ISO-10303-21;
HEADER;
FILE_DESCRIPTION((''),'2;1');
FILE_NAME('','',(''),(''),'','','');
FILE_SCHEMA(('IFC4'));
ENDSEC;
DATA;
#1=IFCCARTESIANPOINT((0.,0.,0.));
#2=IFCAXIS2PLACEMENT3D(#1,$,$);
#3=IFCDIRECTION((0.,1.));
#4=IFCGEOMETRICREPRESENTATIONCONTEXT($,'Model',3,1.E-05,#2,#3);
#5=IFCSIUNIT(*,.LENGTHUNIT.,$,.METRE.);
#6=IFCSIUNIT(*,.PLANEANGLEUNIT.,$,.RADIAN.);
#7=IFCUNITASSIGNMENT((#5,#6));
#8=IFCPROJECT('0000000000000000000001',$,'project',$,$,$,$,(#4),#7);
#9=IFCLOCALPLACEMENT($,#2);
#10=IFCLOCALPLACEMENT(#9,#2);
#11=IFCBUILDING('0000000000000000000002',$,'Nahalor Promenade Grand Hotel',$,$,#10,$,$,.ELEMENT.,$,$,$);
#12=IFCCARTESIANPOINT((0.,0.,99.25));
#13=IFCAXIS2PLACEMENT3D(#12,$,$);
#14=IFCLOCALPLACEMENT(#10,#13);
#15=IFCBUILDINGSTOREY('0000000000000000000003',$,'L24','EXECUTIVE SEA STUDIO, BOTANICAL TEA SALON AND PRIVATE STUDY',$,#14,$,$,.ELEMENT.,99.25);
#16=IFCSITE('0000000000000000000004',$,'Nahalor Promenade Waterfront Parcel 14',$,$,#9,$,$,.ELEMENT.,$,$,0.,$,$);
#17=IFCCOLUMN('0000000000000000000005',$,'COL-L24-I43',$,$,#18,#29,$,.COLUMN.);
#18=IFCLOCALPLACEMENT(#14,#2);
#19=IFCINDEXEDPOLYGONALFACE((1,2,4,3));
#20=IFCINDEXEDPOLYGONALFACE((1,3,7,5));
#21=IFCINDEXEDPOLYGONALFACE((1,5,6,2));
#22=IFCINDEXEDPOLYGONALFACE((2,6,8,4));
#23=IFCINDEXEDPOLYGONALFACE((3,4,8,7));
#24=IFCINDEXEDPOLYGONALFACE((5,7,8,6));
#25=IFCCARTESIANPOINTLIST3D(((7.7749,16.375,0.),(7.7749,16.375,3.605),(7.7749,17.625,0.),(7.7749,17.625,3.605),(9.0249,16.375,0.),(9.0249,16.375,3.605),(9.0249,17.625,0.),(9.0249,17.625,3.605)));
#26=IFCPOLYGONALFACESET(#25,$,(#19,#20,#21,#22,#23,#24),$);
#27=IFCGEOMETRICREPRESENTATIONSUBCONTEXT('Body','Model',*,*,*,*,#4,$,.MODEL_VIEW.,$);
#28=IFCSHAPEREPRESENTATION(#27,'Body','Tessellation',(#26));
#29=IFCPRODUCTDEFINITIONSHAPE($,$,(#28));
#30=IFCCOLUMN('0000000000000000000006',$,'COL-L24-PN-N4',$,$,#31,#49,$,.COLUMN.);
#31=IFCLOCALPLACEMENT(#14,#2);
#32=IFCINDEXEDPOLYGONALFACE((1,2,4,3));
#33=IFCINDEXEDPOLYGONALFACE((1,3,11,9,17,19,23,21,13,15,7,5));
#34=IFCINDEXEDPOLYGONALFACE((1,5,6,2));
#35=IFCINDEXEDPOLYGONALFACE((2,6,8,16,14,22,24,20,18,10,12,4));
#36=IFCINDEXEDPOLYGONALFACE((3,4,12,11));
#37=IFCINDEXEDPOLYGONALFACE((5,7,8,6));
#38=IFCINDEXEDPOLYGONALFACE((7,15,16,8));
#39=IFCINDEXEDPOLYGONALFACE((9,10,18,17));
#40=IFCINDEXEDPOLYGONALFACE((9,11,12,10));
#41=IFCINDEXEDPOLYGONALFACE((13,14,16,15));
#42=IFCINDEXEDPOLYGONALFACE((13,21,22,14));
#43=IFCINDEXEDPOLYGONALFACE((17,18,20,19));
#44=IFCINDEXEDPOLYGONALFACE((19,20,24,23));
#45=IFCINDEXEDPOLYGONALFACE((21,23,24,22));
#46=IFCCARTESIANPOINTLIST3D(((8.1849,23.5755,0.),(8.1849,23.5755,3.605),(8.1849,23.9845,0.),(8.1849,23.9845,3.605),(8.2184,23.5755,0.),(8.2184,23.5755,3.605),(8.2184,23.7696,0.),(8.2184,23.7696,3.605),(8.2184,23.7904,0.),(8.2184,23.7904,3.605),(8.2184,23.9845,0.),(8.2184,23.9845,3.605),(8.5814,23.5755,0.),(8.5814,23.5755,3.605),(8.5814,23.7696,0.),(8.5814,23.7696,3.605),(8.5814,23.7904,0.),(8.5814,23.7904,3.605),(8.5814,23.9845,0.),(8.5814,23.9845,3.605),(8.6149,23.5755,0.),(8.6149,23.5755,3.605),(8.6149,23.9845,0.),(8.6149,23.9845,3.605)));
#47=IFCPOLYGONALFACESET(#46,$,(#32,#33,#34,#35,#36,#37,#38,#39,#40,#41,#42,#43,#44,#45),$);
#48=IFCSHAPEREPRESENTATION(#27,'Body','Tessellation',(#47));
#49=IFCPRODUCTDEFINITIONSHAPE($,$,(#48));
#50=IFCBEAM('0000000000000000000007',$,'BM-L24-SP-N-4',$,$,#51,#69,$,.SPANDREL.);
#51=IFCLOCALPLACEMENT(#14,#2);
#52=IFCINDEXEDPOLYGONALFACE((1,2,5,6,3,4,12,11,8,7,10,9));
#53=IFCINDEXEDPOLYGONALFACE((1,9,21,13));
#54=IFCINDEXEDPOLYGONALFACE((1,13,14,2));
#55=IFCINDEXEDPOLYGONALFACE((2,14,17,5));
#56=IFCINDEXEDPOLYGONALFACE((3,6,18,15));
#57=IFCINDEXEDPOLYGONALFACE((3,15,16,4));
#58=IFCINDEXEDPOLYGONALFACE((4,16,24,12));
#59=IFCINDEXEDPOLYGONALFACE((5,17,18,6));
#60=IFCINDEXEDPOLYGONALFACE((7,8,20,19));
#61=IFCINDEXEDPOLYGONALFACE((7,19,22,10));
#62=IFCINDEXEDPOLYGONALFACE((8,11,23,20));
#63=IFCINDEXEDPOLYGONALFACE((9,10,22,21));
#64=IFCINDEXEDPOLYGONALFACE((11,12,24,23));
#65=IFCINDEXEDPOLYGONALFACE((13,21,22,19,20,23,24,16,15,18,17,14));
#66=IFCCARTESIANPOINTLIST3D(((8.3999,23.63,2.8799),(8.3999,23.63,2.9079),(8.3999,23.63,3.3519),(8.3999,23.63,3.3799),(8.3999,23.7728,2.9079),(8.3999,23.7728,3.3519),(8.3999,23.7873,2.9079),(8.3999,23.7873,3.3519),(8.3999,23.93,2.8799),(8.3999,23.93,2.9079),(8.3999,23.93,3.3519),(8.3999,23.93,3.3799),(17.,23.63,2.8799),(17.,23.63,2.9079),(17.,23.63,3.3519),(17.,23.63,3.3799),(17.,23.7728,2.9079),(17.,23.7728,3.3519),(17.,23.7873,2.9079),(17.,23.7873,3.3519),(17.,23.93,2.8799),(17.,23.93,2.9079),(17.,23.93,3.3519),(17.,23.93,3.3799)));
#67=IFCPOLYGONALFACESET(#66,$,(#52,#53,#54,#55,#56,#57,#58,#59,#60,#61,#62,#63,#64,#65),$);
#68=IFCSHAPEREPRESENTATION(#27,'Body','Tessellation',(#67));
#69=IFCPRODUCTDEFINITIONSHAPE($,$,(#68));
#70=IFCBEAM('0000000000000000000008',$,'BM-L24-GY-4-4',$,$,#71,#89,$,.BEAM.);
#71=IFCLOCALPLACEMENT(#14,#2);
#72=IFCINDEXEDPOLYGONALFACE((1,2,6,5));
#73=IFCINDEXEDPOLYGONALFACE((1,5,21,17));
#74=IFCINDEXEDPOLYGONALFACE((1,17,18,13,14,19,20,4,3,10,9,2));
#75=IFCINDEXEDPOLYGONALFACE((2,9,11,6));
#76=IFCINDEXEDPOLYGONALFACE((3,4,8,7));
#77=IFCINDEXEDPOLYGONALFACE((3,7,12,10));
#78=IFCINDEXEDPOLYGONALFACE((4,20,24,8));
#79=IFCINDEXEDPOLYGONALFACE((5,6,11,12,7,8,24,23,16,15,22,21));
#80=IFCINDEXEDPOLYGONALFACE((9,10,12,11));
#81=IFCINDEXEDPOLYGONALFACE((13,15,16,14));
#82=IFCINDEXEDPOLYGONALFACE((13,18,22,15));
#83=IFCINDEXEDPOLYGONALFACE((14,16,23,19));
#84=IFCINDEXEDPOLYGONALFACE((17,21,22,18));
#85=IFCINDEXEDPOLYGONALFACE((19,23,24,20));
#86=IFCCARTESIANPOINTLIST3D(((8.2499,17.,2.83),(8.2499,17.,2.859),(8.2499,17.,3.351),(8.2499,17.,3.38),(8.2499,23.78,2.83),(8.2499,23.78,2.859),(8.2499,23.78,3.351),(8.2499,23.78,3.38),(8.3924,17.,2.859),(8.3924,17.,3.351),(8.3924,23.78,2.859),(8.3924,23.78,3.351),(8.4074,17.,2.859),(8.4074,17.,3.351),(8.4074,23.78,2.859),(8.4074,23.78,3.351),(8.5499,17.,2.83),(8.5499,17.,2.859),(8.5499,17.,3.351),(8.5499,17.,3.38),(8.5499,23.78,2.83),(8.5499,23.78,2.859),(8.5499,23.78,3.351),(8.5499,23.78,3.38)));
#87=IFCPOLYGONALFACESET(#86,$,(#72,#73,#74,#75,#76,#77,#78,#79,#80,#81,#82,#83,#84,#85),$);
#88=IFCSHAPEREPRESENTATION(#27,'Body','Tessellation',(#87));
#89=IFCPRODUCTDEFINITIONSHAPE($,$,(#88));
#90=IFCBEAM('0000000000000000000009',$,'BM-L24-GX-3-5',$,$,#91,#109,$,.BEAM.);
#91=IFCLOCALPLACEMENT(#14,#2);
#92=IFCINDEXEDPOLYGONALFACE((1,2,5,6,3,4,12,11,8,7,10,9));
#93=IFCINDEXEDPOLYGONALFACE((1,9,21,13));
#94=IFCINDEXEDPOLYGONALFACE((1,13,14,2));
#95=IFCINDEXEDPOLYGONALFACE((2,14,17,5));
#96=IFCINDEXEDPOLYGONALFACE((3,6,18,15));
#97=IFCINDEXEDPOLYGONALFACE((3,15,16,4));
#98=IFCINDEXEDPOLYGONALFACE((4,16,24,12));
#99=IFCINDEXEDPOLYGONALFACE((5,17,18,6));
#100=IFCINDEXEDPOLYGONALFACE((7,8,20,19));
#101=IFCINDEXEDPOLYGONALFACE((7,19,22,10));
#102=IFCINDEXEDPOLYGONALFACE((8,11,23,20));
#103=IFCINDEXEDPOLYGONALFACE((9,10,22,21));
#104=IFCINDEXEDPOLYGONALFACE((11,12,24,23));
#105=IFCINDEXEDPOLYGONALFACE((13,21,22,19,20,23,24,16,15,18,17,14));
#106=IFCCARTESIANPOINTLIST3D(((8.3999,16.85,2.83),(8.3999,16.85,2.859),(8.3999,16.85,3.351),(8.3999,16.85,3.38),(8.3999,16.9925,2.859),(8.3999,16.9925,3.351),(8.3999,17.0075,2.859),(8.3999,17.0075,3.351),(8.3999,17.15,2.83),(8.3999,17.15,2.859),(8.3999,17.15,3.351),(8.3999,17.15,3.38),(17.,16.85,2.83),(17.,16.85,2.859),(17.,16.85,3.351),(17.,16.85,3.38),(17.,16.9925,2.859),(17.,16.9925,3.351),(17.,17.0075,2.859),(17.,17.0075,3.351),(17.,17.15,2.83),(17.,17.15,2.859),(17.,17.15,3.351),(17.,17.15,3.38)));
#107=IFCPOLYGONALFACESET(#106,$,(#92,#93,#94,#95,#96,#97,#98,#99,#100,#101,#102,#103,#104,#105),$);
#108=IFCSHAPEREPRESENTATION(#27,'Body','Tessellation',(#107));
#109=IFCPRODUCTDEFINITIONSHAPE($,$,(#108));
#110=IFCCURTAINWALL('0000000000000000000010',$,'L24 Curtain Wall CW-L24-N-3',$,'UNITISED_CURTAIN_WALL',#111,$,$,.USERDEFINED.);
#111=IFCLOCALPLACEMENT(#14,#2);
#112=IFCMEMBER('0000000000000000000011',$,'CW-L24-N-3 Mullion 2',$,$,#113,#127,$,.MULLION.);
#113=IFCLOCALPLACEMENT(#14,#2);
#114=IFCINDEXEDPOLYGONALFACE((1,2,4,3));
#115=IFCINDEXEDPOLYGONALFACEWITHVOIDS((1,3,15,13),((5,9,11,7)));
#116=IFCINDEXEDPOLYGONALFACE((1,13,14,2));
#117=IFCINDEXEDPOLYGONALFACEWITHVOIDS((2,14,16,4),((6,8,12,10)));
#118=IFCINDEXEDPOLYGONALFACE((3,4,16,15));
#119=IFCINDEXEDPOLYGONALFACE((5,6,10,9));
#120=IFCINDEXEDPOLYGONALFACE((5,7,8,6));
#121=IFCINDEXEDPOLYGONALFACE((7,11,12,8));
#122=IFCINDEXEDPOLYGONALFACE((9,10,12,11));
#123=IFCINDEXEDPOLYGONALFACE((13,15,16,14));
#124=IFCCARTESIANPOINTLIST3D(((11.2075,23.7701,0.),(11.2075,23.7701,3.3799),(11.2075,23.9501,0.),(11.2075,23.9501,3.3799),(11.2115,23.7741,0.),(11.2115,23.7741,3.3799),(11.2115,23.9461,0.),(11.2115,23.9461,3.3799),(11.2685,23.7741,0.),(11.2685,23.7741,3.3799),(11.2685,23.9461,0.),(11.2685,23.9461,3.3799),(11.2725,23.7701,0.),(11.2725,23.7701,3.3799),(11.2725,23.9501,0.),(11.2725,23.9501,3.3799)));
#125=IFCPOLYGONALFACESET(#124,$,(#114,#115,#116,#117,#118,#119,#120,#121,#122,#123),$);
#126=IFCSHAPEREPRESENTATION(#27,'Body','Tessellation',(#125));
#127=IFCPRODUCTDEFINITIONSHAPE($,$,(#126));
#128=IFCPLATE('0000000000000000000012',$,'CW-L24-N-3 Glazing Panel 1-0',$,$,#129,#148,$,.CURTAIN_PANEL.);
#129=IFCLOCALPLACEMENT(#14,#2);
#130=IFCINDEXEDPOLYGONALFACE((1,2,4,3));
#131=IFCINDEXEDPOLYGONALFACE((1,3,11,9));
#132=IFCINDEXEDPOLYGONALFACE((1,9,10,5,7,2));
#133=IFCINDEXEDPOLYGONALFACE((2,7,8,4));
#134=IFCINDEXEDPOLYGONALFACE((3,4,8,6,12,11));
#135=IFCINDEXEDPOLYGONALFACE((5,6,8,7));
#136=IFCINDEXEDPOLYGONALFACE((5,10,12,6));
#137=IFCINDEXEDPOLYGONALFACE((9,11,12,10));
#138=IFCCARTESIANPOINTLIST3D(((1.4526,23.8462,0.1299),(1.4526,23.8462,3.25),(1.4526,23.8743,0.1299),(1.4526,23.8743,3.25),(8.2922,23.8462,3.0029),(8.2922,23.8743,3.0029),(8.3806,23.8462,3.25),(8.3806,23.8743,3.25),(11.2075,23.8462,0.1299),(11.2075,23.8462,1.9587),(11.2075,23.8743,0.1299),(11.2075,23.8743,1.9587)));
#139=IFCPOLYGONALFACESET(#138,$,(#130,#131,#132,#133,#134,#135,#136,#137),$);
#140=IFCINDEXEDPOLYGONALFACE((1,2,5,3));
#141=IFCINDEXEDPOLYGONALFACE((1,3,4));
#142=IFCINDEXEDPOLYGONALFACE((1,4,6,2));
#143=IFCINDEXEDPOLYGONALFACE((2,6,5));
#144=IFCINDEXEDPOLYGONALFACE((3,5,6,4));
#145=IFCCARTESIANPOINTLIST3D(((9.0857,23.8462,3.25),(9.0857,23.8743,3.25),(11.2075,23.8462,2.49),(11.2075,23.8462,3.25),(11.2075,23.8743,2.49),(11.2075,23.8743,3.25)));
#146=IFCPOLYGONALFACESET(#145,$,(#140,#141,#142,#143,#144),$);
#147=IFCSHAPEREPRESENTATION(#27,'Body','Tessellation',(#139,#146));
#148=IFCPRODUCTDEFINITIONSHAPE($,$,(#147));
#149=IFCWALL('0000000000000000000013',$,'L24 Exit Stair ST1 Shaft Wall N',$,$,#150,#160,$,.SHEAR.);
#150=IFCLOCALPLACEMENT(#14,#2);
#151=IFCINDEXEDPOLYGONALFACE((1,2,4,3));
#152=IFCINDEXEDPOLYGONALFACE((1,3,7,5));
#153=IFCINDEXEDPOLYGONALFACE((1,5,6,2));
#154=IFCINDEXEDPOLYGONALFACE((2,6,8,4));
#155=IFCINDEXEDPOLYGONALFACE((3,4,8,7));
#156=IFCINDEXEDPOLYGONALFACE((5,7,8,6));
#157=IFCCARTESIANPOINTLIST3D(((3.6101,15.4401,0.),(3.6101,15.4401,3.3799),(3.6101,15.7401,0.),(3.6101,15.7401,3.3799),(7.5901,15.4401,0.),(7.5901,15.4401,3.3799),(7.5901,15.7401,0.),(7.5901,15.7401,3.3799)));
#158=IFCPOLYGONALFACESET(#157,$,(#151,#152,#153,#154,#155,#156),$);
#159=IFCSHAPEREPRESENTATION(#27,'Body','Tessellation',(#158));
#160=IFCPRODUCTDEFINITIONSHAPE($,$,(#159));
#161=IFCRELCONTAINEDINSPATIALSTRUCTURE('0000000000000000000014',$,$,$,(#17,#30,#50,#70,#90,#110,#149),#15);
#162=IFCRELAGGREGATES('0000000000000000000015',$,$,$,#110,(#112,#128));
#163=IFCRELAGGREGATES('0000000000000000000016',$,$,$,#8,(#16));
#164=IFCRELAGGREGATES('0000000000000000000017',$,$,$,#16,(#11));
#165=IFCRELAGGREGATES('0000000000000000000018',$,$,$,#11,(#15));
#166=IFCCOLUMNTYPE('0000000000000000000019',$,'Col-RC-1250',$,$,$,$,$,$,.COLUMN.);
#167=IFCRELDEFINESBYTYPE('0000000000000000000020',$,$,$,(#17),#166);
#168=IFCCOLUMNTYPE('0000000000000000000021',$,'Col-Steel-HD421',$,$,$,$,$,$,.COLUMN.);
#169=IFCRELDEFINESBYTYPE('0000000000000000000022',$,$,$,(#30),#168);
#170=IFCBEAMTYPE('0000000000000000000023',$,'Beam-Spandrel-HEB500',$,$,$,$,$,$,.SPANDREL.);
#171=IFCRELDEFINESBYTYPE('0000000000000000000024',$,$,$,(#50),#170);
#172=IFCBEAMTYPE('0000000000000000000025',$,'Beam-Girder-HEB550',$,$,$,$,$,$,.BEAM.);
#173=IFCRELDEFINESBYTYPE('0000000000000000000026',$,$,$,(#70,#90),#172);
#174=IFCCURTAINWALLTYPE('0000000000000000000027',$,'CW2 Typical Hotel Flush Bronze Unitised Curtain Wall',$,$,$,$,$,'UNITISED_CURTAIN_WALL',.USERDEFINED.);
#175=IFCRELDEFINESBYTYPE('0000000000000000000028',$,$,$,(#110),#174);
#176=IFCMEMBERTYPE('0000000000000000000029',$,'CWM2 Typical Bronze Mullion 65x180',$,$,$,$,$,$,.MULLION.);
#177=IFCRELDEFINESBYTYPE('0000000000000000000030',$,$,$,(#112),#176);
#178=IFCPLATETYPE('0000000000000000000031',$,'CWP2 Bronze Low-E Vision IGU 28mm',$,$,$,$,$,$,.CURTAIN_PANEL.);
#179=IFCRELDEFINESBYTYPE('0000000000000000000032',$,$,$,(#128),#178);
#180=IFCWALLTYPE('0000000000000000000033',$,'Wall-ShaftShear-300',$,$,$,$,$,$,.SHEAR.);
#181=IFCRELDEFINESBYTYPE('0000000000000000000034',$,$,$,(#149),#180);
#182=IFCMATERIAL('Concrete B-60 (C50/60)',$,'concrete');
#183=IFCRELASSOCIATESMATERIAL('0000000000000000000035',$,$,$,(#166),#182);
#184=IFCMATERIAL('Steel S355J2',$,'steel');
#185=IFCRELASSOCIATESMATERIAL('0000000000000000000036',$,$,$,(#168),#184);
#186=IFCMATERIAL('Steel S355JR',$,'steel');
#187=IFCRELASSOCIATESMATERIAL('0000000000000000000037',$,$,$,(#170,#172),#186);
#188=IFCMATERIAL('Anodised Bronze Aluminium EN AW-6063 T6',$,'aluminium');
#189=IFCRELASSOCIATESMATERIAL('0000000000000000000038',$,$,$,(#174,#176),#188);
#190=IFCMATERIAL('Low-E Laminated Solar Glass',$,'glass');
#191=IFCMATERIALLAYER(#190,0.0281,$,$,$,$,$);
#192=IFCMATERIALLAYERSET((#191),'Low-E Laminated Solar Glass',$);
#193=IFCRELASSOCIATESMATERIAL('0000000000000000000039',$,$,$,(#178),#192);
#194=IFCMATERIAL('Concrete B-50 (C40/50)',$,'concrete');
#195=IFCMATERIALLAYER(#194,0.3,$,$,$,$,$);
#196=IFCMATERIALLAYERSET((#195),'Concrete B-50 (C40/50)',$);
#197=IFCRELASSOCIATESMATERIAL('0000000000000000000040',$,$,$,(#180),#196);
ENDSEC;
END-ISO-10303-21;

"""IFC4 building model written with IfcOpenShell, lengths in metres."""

from ifc_helpers import new_model, si_unit, direction, frame, frame_2d, origin, origin_2d, place, context, subcontext, project, spatial, polyline, rectangle, hollow_rectangle, i_section, outline, extrude, source, transform, mapped, material, layer, layer_set, material_profile, profile_set, type_object, element, aggregate, save


model = new_model("IFC4")

# Units and contexts
model_context = context("Model", 3, precision=1e-05, world=origin(), true_north=direction((0.0, 1.0)))
body_context = subcontext(model_context, "Body", "Model", "MODEL_VIEW")
ifc_project = project(units=[si_unit("LENGTHUNIT", "METRE"), si_unit("PLANEANGLEUNIT", "RADIAN")], contexts=[model_context])

# Site, building, storey
site_placement = place(None, origin())
site = spatial("IfcSite", under=ifc_project, at=site_placement, Name="Nahalor Promenade Waterfront Parcel 14", CompositionType="ELEMENT", RefElevation=0.0)
building_placement = place(site_placement, origin())
building = spatial("IfcBuilding", under=site, at=building_placement, Name="Nahalor Promenade Grand Hotel", CompositionType="ELEMENT")
storey_placement = place(building_placement, frame((0.0, 0.0, 99.25)))
storey = spatial("IfcBuildingStorey", under=building, at=storey_placement, Name="L24", Description="EXECUTIVE SEA STUDIO, BOTANICAL TEA SALON AND PRIVATE STUDY", CompositionType="ELEMENT", Elevation=99.25)

# Columns
ifc_material_1 = material(Name="Concrete B-60 (C50/60)", Category="concrete")
ifc_material_profile_1 = material_profile(ifc_material_1, rectangle(XDim=1.25, YDim=1.25, at=origin_2d()), Name="RC 1250x1250")
ifc_profile_set_1 = profile_set([ifc_material_profile_1], Name="Concrete B-60 (C50/60)")
column_type_1 = type_object("IfcColumnType", Name="Col-RC-1250", PredefinedType="COLUMN", material=ifc_profile_set_1)
shared_shape_1 = source(origin(), body_context, "Body", "SweptSolid", [
    extrude(rectangle(XDim=1.25, YDim=1.25, at=origin_2d()), origin(), (0.0, 0.0, 1.0), 3.605),
])
column_1_placement = place(storey_placement, frame((8.3999, 17.0, 0.0), z_axis=(0.0, 0.0, 1.0), x_axis=(1.0, 0.0, 0.0)))
element("IfcColumn", 1, at=column_1_placement, inside=storey, type_object=column_type_1, Name="COL-L24-I43", PredefinedType="COLUMN", context=body_context, shape_type="MappedRepresentation", body=[
    mapped(shared_shape_1, transform((0.0, 0.0, 0.0), scale=1.0)),
])
ifc_material_2 = material(Name="Steel S355J2", Category="steel")
ifc_material_profile_2 = material_profile(ifc_material_2, i_section(OverallWidth=0.409, OverallDepth=0.43, WebThickness=0.0208, FlangeThickness=0.0335, at=origin_2d()), Name="HD 400x421")
ifc_profile_set_2 = profile_set([ifc_material_profile_2], Name="Steel S355J2")
column_type_2 = type_object("IfcColumnType", Name="Col-Steel-HD421", PredefinedType="COLUMN", material=ifc_profile_set_2)
shared_shape_2 = source(origin(), body_context, "Body", "SweptSolid", [
    extrude(i_section(OverallWidth=0.409, OverallDepth=0.43, WebThickness=0.0208, FlangeThickness=0.0335, at=origin_2d()), origin(), (0.0, 0.0, 1.0), 3.605),
])
column_2_placement = place(storey_placement, frame((8.3999, 23.78, 0.0), z_axis=(0.0, 0.0, 1.0), x_axis=(0.0, 1.0, 0.0)))
element("IfcColumn", 2, at=column_2_placement, inside=storey, type_object=column_type_2, Name="COL-L24-PN-N4", PredefinedType="COLUMN", context=body_context, shape_type="MappedRepresentation", body=[
    mapped(shared_shape_2, transform((0.0, 0.0, 0.0), scale=1.0)),
])

# Beams
ifc_material_3 = material(Name="Steel S355JR", Category="steel")
ifc_material_profile_3 = material_profile(ifc_material_3, i_section(OverallWidth=0.3, OverallDepth=0.5, WebThickness=0.0145, FlangeThickness=0.028, at=origin_2d()), Name="HEB 500")
ifc_profile_set_3 = profile_set([ifc_material_profile_3], Name="Steel S355JR")
beam_type_1 = type_object("IfcBeamType", Name="Beam-Spandrel-HEB500", PredefinedType="SPANDREL", material=ifc_profile_set_3)
shared_shape_3 = source(origin(), body_context, "Body", "SweptSolid", [
    extrude(i_section(OverallWidth=0.3, OverallDepth=0.5, WebThickness=0.0145, FlangeThickness=0.028, at=origin_2d()), origin(), (0.0, 0.0, 1.0), 8.6001),
])
beam_1_placement = place(storey_placement, frame((8.3999, 23.78, 3.1299), z_axis=(1.0, 0.0, 0.0), x_axis=(0.0, 1.0, 0.0)))
element("IfcBeam", 3, at=beam_1_placement, inside=storey, type_object=beam_type_1, Name="BM-L24-SP-N-4", PredefinedType="SPANDREL", context=body_context, shape_type="MappedRepresentation", body=[
    mapped(shared_shape_3, transform((0.0, 0.0, 0.0), scale=1.0)),
])
ifc_material_profile_4 = material_profile(ifc_material_3, i_section(OverallWidth=0.3, OverallDepth=0.55, WebThickness=0.015, FlangeThickness=0.029, at=origin_2d()), Name="HEB 550")
ifc_profile_set_4 = profile_set([ifc_material_profile_4], Name="Steel S355JR")
beam_type_2 = type_object("IfcBeamType", Name="Beam-Girder-HEB550", PredefinedType="BEAM", material=ifc_profile_set_4)
shared_shape_4 = source(origin(), body_context, "Body", "SweptSolid", [
    extrude(i_section(OverallWidth=0.3, OverallDepth=0.55, WebThickness=0.015, FlangeThickness=0.029, at=origin_2d()), origin(), (0.0, 0.0, 1.0), 6.78),
])
beam_2_placement = place(storey_placement, frame((8.3999, 17.0, 3.105), z_axis=(0.0, 1.0, 0.0), x_axis=(-1.0, 0.0, 0.0)))
element("IfcBeam", 4, at=beam_2_placement, inside=storey, type_object=beam_type_2, Name="BM-L24-GY-4-4", PredefinedType="BEAM", context=body_context, shape_type="MappedRepresentation", body=[
    mapped(shared_shape_4, transform((0.0, 0.0, 0.0), scale=1.0)),
])
shared_shape_5 = source(origin(), body_context, "Body", "SweptSolid", [
    extrude(i_section(OverallWidth=0.3, OverallDepth=0.55, WebThickness=0.015, FlangeThickness=0.029, at=origin_2d()), origin(), (0.0, 0.0, 1.0), 8.6001),
])
beam_3_placement = place(storey_placement, frame((8.3999, 17.0, 3.105), z_axis=(1.0, 0.0, 0.0), x_axis=(0.0, 1.0, 0.0)))
element("IfcBeam", 5, at=beam_3_placement, inside=storey, type_object=beam_type_2, Name="BM-L24-GX-3-5", PredefinedType="BEAM", context=body_context, shape_type="MappedRepresentation", body=[
    mapped(shared_shape_5, transform((0.0, 0.0, 0.0), scale=1.0)),
])

# Curtain wall, member, plate
ifc_material_4 = material(Name="Anodised Bronze Aluminium EN AW-6063 T6", Category="aluminium")
curtain_wall_type = type_object("IfcCurtainWallType", Name="CW2 Typical Hotel Flush Bronze Unitised Curtain Wall", ElementType="UNITISED_CURTAIN_WALL", PredefinedType="USERDEFINED", material=ifc_material_4)
curtain_wall_placement = place(storey_placement, origin())
curtain_wall = element("IfcCurtainWall", 6, at=curtain_wall_placement, inside=storey, type_object=curtain_wall_type, Name="L24 Curtain Wall CW-L24-N-3", ObjectType="UNITISED_CURTAIN_WALL", PredefinedType="USERDEFINED")
ifc_material_profile_5 = material_profile(ifc_material_4, hollow_rectangle(XDim=0.065, YDim=0.18, WallThickness=0.004, at=origin_2d()), Name="CWM 65x180x4")
ifc_profile_set_5 = profile_set([ifc_material_profile_5], Name="Anodised Bronze Aluminium EN AW-6063 T6")
member_type = type_object("IfcMemberType", Name="CWM2 Typical Bronze Mullion 65x180", PredefinedType="MULLION", material=ifc_profile_set_5)
shared_shape_6 = source(origin(), body_context, "Body", "SweptSolid", [
    extrude(hollow_rectangle(XDim=0.065, YDim=0.18, WallThickness=0.004, at=origin_2d()), origin(), (0.0, 0.0, 1.0), 3.3799),
])
member_placement = place(storey_placement, frame((11.24, 23.8601, 0.0), z_axis=(0.0, 0.0, 1.0), x_axis=(1.0, 0.0, 0.0)))
member = element("IfcMember", 7, at=member_placement, type_object=member_type, Name="CW-L24-N-3 Mullion 2", PredefinedType="MULLION", context=body_context, shape_type="MappedRepresentation", body=[
    mapped(shared_shape_6, transform((0.0, 0.0, 0.0), scale=1.0)),
])
ifc_material_5 = material(Name="Low-E Laminated Solar Glass", Category="glass")
ifc_layer_1 = layer(ifc_material_5, 0.0281)
ifc_layer_set_1 = layer_set([ifc_layer_1], Name="Low-E Laminated Solar Glass")
plate_type = type_object("IfcPlateType", Name="CWP2 Bronze Low-E Vision IGU 28mm", PredefinedType="CURTAIN_PANEL", material=ifc_layer_set_1)
plate_placement = place(storey_placement, frame((6.3301, 23.8601, 0.1299), z_axis=(0.0, 0.0, 1.0), x_axis=(1.0, 0.0, 0.0)))
plate = element("IfcPlate", 8, at=plate_placement, type_object=plate_type, Name="CW-L24-N-3 Glazing Panel 1-0", PredefinedType="CURTAIN_PANEL", context=body_context, shape_type="SweptSolid", body=[
    extrude(outline(polyline([(-4.8774, 0.0), (4.8774, 0.0), (4.8774, 1.8289), (1.9622, 2.873), (2.0505, 3.1201), (-4.8774, 3.1201), (-4.8774, 0.0)])), frame((0.0, 0.0142, 0.0), z_axis=(0.0, -1.0, 0.0), x_axis=(1.0, 0.0, 0.0)), (0.0, 0.0, 1.0), 0.0281),
    extrude(outline(polyline([(4.8774, 2.3601), (4.8774, 3.1201), (2.7556, 3.1201), (4.8774, 2.3601)])), frame((0.0, 0.0142, 0.0), z_axis=(0.0, -1.0, 0.0), x_axis=(1.0, 0.0, 0.0)), (0.0, 0.0, 1.0), 0.0281),
])
aggregate(curtain_wall, [member, plate])

# Wall
ifc_material_6 = material(Name="Concrete B-50 (C40/50)", Category="concrete")
ifc_layer_2 = layer(ifc_material_6, 0.3)
ifc_layer_set_2 = layer_set([ifc_layer_2], Name="Concrete B-50 (C40/50)")
wall_type_1 = type_object("IfcWallType", Name="Wall-ShaftShear-300", PredefinedType="SHEAR", material=ifc_layer_set_2)
shared_shape_7 = source(origin(), body_context, "Body", "SweptSolid", [
    extrude(rectangle(XDim=3.98, YDim=0.3, at=frame_2d((1.99, 0.0))), origin(), (0.0, 0.0, 1.0), 3.3799),
])
wall_1_placement = place(storey_placement, frame((3.6101, 15.5901, 0.0), z_axis=(0.0, 0.0, 1.0), x_axis=(1.0, 0.0, 0.0)))
element("IfcWall", 9, at=wall_1_placement, inside=storey, type_object=wall_type_1, Name="L24 Exit Stair ST1 Shaft Wall N", PredefinedType="SHEAR", context=body_context, shape_type="MappedRepresentation", body=[
    mapped(shared_shape_7, transform((0.0, 0.0, 0.0), scale=1.0)),
])

save(model, "model.ifc")
